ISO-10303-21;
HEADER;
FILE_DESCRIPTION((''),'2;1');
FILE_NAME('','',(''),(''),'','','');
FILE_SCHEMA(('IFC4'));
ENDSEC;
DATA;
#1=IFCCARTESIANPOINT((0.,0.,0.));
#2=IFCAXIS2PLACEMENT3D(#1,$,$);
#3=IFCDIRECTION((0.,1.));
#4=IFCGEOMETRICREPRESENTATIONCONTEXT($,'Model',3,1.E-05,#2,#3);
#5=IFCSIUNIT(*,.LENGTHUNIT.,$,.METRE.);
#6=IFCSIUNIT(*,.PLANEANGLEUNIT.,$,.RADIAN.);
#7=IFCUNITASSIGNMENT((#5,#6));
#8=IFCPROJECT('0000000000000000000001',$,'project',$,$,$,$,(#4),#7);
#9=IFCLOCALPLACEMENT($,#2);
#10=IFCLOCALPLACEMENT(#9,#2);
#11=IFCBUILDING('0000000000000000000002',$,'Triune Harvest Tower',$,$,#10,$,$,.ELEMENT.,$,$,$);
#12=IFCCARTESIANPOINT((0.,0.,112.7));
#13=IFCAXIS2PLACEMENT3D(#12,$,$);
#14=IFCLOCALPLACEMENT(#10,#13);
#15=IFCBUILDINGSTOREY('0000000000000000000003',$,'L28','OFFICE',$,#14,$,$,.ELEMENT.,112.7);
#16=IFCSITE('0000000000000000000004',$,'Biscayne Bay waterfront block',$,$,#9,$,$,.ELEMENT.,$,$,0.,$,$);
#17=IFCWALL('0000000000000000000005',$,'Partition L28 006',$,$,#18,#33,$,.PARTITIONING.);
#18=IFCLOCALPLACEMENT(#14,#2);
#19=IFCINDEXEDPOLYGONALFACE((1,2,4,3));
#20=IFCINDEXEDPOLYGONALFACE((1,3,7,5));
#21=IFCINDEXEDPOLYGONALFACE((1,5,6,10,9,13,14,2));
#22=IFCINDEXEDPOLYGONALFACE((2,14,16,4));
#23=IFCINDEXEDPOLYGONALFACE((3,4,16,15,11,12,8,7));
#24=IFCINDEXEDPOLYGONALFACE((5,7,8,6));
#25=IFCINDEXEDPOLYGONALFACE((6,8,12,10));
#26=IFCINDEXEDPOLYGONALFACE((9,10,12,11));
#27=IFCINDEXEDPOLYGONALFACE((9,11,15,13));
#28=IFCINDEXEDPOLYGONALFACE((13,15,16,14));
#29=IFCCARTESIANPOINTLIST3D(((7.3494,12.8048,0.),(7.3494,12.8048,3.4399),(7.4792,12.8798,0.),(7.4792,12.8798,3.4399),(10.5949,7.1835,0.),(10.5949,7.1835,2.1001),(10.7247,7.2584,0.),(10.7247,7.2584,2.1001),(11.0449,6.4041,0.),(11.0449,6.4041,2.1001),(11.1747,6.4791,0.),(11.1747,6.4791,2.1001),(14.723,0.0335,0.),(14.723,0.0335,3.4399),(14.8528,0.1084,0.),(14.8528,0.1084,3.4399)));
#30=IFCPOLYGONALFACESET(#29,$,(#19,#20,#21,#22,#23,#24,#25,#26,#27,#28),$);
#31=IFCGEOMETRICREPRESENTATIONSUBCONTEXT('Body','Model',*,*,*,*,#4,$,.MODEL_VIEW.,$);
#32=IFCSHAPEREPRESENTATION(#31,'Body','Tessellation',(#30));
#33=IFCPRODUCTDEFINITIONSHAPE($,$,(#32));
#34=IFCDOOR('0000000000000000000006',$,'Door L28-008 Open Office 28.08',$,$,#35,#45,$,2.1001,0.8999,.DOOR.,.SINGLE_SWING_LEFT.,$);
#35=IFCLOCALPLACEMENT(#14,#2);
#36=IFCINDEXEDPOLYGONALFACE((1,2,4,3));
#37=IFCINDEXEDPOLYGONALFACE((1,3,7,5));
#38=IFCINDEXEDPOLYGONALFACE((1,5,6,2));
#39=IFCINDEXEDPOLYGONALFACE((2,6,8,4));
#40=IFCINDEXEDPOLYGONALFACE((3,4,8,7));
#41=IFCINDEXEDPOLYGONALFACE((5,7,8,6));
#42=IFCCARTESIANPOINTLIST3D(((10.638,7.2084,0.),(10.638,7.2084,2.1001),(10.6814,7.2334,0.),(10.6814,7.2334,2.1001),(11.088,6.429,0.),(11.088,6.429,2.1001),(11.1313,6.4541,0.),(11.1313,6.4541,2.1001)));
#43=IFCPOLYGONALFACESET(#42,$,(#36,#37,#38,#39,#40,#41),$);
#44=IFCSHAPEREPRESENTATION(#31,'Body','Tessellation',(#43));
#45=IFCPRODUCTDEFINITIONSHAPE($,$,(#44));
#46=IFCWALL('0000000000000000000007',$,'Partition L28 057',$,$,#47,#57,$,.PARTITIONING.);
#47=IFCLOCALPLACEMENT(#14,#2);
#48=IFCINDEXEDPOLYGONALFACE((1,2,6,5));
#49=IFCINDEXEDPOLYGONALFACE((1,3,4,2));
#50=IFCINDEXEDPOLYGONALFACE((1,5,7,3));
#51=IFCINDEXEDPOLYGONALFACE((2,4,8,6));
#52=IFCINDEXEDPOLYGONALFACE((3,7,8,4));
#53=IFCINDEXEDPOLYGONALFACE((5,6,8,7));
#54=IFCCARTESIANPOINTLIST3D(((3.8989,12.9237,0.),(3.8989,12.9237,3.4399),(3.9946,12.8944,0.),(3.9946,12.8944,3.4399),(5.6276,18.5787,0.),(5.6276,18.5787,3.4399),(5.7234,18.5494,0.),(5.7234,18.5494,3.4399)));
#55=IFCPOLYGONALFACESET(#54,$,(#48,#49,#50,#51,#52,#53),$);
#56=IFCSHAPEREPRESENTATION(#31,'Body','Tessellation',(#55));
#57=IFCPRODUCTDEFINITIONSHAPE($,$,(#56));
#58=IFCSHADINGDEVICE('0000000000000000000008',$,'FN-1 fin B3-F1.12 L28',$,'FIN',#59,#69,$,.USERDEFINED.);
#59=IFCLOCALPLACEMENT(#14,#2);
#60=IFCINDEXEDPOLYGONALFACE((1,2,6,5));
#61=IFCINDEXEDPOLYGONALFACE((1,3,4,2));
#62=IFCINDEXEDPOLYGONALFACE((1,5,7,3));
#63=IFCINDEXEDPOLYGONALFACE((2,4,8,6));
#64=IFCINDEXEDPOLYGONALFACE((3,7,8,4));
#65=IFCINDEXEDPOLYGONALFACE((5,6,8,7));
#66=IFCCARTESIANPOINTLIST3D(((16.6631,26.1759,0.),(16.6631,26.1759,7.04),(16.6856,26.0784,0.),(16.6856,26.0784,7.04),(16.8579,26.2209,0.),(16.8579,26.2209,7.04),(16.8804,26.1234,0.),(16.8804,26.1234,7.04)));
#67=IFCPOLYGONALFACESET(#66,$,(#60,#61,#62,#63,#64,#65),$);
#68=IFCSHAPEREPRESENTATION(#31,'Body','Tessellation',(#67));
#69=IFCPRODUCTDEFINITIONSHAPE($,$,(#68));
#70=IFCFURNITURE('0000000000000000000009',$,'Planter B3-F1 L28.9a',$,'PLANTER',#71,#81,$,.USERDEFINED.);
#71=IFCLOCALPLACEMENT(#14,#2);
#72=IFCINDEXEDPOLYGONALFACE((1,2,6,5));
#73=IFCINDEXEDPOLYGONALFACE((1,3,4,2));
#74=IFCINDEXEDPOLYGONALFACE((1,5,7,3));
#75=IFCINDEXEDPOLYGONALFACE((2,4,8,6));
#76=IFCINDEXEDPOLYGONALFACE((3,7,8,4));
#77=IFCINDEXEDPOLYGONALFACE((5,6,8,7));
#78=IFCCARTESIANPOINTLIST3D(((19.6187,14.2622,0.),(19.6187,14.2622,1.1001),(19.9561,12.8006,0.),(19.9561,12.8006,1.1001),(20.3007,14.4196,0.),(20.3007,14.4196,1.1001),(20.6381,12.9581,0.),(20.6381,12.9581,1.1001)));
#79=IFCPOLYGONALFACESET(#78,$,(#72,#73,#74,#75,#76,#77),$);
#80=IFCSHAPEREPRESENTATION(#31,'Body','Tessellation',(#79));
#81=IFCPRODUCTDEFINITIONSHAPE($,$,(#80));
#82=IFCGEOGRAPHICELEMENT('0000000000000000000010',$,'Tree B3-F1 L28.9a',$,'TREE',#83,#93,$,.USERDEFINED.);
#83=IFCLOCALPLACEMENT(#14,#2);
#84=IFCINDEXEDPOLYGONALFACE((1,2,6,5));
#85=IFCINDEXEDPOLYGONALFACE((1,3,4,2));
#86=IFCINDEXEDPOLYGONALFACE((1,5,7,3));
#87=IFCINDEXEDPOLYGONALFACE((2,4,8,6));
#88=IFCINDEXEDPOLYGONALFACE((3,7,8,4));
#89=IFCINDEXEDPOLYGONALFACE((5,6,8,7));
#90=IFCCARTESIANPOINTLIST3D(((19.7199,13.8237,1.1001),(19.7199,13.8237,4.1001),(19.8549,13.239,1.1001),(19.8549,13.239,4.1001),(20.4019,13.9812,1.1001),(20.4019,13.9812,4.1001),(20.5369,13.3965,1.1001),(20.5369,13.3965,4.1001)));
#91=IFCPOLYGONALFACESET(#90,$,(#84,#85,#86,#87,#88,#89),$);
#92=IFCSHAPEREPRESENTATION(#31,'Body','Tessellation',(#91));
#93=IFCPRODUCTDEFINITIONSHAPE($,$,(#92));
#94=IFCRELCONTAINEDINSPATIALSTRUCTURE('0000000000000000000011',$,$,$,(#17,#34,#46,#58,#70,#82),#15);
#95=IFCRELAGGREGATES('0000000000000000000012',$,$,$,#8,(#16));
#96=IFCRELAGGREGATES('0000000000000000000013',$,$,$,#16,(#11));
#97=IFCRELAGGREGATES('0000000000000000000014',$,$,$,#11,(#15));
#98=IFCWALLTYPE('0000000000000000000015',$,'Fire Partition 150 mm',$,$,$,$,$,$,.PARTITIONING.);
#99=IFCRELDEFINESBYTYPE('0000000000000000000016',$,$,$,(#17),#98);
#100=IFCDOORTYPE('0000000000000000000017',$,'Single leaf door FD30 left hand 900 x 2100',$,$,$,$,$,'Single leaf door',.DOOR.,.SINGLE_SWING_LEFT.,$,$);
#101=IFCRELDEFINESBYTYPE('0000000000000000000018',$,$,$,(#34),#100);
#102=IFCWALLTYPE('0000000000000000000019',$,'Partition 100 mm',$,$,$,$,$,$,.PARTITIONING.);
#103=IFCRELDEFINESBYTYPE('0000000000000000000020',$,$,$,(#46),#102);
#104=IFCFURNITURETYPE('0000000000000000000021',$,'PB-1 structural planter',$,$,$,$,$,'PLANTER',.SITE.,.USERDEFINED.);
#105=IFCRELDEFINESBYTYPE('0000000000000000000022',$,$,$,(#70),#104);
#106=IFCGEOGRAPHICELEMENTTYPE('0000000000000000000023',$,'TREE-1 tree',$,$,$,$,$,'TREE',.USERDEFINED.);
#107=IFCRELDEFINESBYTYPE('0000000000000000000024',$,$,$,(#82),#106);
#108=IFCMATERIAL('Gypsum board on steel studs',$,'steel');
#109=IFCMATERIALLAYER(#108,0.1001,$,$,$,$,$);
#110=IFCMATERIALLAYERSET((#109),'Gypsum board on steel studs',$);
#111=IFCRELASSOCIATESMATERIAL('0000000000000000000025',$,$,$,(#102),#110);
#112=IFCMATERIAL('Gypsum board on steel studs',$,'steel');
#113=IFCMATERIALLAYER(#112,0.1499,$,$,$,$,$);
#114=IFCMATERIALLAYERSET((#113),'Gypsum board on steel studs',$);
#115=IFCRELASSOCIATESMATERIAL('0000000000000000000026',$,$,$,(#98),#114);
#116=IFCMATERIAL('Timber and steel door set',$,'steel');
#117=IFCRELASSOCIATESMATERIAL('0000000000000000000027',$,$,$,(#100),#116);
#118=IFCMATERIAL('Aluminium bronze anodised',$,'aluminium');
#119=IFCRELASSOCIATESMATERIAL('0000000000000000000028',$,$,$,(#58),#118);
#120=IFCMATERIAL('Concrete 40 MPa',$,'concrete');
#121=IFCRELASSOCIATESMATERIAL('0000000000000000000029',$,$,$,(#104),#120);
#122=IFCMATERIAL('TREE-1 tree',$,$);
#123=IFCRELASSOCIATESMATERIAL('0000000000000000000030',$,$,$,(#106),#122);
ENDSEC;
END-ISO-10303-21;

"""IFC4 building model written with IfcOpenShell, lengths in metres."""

from ifc_helpers import new_model, si_unit, direction, frame, frame_2d, origin, origin_2d, place, context, subcontext, project, spatial, rectangle, extrude, source, transform, mapped, material, layer, layer_set, type_object, element, fill, save


model = new_model("IFC4")

# Units and contexts
model_context = context("Model", 3, precision=1e-05, world=origin(), true_north=direction((0.0, 1.0)))
body_context = subcontext(model_context, "Body", "Model", "MODEL_VIEW")
ifc_project = project(units=[si_unit("LENGTHUNIT", "METRE"), si_unit("PLANEANGLEUNIT", "RADIAN")], contexts=[model_context])

# Site, building, storey
site_placement = place(None, origin())
site = spatial("IfcSite", under=ifc_project, at=site_placement, Name="Biscayne Bay waterfront block", CompositionType="ELEMENT", RefElevation=0.0)
building_placement = place(site_placement, origin())
building = spatial("IfcBuilding", under=site, at=building_placement, Name="Triune Harvest Tower", CompositionType="ELEMENT")
storey_placement = place(building_placement, frame((0.0, 0.0, 112.7)))
storey = spatial("IfcBuildingStorey", under=building, at=storey_placement, Name="L28", Description="OFFICE", CompositionType="ELEMENT", Elevation=112.7)

# Shared definitions
ifc_material_1 = material(Name="Aluminium bronze anodised", Category="aluminium")

# Shared definitions
ifc_material_2 = material(Name="Gypsum board on steel studs", Category="steel")
ifc_layer_1 = layer(ifc_material_2, 0.1001)
ifc_layer_set_1 = layer_set([ifc_layer_1], Name="Gypsum board on steel studs")
wall_type_1 = type_object("IfcWallType", Name="Partition 100 mm", PredefinedType="PARTITIONING", material=ifc_layer_set_1)

# Wall, opening, door
ifc_material_3 = material(Name="Gypsum board on steel studs", Category="steel")
ifc_layer_2 = layer(ifc_material_3, 0.1499)
ifc_layer_set_2 = layer_set([ifc_layer_2], Name="Gypsum board on steel studs")
wall_type_2 = type_object("IfcWallType", Name="Fire Partition 150 mm", PredefinedType="PARTITIONING", material=ifc_layer_set_2)
shared_shape_1 = source(origin(), body_context, "Body", "SweptSolid", [
    extrude(rectangle(XDim=14.7471, YDim=0.1499, at=frame_2d((7.3735, 0.0))), origin(), (0.0, 0.0, 1.0), 3.4399),
])
wall_1_placement = place(storey_placement, frame((7.4143, 12.8423, 0.0), z_axis=(0.0, 0.0, 1.0), x_axis=(0.500003, -0.866024, 0.0)))
wall_1 = element("IfcWall", 1, at=wall_1_placement, inside=storey, type_object=wall_type_2, Name="Partition L28 006", PredefinedType="PARTITIONING", context=body_context, shape_type="MappedRepresentation", body=[
    mapped(shared_shape_1, transform((0.0, 0.0, 0.0), scale=1.0)),
])
opening_1_placement = place(wall_1_placement, frame((6.491, 0.0, 0.0)))
opening_1 = element("IfcOpeningElement", 2, at=opening_1_placement, cuts=wall_1, PredefinedType="OPENING", context=body_context, shape_type="SweptSolid", body=[
    extrude(rectangle(XDim=0.8999, YDim=2.1001, at=frame_2d((0.45, 1.05))), frame((0.0, 0.085, 0.0), z_axis=(0.0, -1.0, 0.0), x_axis=(1.0, 0.0, 0.0)), (0.0, 0.0, 1.0), 0.1699),
])
ifc_material_4 = material(Name="Timber and steel door set", Category="steel")
door_type_1 = type_object("IfcDoorType", Name="Single leaf door FD30 left hand 900 x 2100", ElementType="Single leaf door", OperationType="SINGLE_SWING_LEFT", PredefinedType="DOOR", material=ifc_material_4)
door_1_placement = place(opening_1_placement, origin())
door_1 = element("IfcDoor", 3, at=door_1_placement, inside=storey, type_object=door_type_1, Name="Door L28-008 Open Office 28.08", OperationType="SINGLE_SWING_LEFT", OverallHeight=2.1001, OverallWidth=0.8999, PredefinedType="DOOR", context=body_context, shape_type="SweptSolid", body=[
    extrude(rectangle(XDim=0.8999, YDim=2.1001, at=frame_2d((0.45, 1.05))), frame((0.0, 0.0249, 0.0), z_axis=(0.0, -1.0, 0.0), x_axis=(1.0, 0.0, 0.0)), (0.0, 0.0, 1.0), 0.05),
])
fill(opening_1, door_1)

# Wall
shared_shape_2 = source(origin(), body_context, "Body", "SweptSolid", [
    extrude(rectangle(XDim=5.9133, YDim=0.1001, at=frame_2d((2.9565, 0.0))), origin(), (0.0, 0.0, 1.0), 3.4399),
])
wall_2_placement = place(storey_placement, frame((3.9468, 12.9092, 0.0), z_axis=(0.0, 0.0, 1.0), x_axis=(0.292348, 0.956312, 0.0)))
element("IfcWall", 4, at=wall_2_placement, inside=storey, type_object=wall_type_1, Name="Partition L28 057", PredefinedType="PARTITIONING", context=body_context, shape_type="MappedRepresentation", body=[
    mapped(shared_shape_2, transform((0.0, 0.0, 0.0), scale=1.0)),
])

# Shading device
shared_shape_3 = source(origin(), body_context, "Body", "SweptSolid", [
    extrude(rectangle(XDim=0.1001, YDim=0.2, at=origin_2d()), origin(), (0.0, 0.0, 1.0), 7.04),
])
shading_device_placement = place(storey_placement, frame((16.7717, 26.1497, 0.0), z_axis=(0.0, 0.0, 1.0), x_axis=(-0.224951, 0.97437, 0.0)))
element("IfcShadingDevice", 5, at=shading_device_placement, inside=storey, material=ifc_material_1, Name="FN-1 fin B3-F1.12 L28", ObjectType="FIN", PredefinedType="USERDEFINED", context=body_context, shape_type="MappedRepresentation", body=[
    mapped(shared_shape_3, transform((0.0, 0.0, 0.0), scale=1.0)),
])

# Furniture
ifc_material_5 = material(Name="Concrete 40 MPa", Category="concrete")
furniture_type = type_object("IfcFurnitureType", Name="PB-1 structural planter", ElementType="PLANTER", AssemblyPlace="SITE", PredefinedType="USERDEFINED", material=ifc_material_5)
shared_shape_4 = source(origin(), body_context, "Body", "SweptSolid", [
    extrude(rectangle(XDim=1.5, YDim=0.7, at=origin_2d()), origin(), (0.0, 0.0, 1.0), 1.1001),
])
furniture_placement = place(storey_placement, frame((20.1284, 13.6101, 0.0), z_axis=(0.0, 0.0, 1.0), x_axis=(-0.224951, 0.97437, 0.0)))
element("IfcFurniture", 6, at=furniture_placement, inside=storey, type_object=furniture_type, Name="Planter B3-F1 L28.9a", ObjectType="PLANTER", PredefinedType="USERDEFINED", context=body_context, shape_type="MappedRepresentation", body=[
    mapped(shared_shape_4, transform((0.0, 0.0, 0.0), scale=1.0)),
])

# Geographic element
ifc_material_6 = material(Name="TREE-1 tree")
geographic_element_type = type_object("IfcGeographicElementType", Name="TREE-1 tree", ElementType="TREE", PredefinedType="USERDEFINED", material=ifc_material_6)
shared_shape_5 = source(origin(), body_context, "Body", "SweptSolid", [
    extrude(rectangle(XDim=0.6001, YDim=0.7, at=origin_2d()), origin(), (0.0, 0.0, 1.0), 3.0),
])
geographic_element_placement = place(storey_placement, frame((20.1284, 13.6101, 1.1001), z_axis=(0.0, 0.0, 1.0), x_axis=(-0.224951, 0.97437, 0.0)))
element("IfcGeographicElement", 7, at=geographic_element_placement, inside=storey, type_object=geographic_element_type, Name="Tree B3-F1 L28.9a", ObjectType="TREE", PredefinedType="USERDEFINED", context=body_context, shape_type="MappedRepresentation", body=[
    mapped(shared_shape_5, transform((0.0, 0.0, 0.0), scale=1.0)),
])

save(model, "model.ifc")
